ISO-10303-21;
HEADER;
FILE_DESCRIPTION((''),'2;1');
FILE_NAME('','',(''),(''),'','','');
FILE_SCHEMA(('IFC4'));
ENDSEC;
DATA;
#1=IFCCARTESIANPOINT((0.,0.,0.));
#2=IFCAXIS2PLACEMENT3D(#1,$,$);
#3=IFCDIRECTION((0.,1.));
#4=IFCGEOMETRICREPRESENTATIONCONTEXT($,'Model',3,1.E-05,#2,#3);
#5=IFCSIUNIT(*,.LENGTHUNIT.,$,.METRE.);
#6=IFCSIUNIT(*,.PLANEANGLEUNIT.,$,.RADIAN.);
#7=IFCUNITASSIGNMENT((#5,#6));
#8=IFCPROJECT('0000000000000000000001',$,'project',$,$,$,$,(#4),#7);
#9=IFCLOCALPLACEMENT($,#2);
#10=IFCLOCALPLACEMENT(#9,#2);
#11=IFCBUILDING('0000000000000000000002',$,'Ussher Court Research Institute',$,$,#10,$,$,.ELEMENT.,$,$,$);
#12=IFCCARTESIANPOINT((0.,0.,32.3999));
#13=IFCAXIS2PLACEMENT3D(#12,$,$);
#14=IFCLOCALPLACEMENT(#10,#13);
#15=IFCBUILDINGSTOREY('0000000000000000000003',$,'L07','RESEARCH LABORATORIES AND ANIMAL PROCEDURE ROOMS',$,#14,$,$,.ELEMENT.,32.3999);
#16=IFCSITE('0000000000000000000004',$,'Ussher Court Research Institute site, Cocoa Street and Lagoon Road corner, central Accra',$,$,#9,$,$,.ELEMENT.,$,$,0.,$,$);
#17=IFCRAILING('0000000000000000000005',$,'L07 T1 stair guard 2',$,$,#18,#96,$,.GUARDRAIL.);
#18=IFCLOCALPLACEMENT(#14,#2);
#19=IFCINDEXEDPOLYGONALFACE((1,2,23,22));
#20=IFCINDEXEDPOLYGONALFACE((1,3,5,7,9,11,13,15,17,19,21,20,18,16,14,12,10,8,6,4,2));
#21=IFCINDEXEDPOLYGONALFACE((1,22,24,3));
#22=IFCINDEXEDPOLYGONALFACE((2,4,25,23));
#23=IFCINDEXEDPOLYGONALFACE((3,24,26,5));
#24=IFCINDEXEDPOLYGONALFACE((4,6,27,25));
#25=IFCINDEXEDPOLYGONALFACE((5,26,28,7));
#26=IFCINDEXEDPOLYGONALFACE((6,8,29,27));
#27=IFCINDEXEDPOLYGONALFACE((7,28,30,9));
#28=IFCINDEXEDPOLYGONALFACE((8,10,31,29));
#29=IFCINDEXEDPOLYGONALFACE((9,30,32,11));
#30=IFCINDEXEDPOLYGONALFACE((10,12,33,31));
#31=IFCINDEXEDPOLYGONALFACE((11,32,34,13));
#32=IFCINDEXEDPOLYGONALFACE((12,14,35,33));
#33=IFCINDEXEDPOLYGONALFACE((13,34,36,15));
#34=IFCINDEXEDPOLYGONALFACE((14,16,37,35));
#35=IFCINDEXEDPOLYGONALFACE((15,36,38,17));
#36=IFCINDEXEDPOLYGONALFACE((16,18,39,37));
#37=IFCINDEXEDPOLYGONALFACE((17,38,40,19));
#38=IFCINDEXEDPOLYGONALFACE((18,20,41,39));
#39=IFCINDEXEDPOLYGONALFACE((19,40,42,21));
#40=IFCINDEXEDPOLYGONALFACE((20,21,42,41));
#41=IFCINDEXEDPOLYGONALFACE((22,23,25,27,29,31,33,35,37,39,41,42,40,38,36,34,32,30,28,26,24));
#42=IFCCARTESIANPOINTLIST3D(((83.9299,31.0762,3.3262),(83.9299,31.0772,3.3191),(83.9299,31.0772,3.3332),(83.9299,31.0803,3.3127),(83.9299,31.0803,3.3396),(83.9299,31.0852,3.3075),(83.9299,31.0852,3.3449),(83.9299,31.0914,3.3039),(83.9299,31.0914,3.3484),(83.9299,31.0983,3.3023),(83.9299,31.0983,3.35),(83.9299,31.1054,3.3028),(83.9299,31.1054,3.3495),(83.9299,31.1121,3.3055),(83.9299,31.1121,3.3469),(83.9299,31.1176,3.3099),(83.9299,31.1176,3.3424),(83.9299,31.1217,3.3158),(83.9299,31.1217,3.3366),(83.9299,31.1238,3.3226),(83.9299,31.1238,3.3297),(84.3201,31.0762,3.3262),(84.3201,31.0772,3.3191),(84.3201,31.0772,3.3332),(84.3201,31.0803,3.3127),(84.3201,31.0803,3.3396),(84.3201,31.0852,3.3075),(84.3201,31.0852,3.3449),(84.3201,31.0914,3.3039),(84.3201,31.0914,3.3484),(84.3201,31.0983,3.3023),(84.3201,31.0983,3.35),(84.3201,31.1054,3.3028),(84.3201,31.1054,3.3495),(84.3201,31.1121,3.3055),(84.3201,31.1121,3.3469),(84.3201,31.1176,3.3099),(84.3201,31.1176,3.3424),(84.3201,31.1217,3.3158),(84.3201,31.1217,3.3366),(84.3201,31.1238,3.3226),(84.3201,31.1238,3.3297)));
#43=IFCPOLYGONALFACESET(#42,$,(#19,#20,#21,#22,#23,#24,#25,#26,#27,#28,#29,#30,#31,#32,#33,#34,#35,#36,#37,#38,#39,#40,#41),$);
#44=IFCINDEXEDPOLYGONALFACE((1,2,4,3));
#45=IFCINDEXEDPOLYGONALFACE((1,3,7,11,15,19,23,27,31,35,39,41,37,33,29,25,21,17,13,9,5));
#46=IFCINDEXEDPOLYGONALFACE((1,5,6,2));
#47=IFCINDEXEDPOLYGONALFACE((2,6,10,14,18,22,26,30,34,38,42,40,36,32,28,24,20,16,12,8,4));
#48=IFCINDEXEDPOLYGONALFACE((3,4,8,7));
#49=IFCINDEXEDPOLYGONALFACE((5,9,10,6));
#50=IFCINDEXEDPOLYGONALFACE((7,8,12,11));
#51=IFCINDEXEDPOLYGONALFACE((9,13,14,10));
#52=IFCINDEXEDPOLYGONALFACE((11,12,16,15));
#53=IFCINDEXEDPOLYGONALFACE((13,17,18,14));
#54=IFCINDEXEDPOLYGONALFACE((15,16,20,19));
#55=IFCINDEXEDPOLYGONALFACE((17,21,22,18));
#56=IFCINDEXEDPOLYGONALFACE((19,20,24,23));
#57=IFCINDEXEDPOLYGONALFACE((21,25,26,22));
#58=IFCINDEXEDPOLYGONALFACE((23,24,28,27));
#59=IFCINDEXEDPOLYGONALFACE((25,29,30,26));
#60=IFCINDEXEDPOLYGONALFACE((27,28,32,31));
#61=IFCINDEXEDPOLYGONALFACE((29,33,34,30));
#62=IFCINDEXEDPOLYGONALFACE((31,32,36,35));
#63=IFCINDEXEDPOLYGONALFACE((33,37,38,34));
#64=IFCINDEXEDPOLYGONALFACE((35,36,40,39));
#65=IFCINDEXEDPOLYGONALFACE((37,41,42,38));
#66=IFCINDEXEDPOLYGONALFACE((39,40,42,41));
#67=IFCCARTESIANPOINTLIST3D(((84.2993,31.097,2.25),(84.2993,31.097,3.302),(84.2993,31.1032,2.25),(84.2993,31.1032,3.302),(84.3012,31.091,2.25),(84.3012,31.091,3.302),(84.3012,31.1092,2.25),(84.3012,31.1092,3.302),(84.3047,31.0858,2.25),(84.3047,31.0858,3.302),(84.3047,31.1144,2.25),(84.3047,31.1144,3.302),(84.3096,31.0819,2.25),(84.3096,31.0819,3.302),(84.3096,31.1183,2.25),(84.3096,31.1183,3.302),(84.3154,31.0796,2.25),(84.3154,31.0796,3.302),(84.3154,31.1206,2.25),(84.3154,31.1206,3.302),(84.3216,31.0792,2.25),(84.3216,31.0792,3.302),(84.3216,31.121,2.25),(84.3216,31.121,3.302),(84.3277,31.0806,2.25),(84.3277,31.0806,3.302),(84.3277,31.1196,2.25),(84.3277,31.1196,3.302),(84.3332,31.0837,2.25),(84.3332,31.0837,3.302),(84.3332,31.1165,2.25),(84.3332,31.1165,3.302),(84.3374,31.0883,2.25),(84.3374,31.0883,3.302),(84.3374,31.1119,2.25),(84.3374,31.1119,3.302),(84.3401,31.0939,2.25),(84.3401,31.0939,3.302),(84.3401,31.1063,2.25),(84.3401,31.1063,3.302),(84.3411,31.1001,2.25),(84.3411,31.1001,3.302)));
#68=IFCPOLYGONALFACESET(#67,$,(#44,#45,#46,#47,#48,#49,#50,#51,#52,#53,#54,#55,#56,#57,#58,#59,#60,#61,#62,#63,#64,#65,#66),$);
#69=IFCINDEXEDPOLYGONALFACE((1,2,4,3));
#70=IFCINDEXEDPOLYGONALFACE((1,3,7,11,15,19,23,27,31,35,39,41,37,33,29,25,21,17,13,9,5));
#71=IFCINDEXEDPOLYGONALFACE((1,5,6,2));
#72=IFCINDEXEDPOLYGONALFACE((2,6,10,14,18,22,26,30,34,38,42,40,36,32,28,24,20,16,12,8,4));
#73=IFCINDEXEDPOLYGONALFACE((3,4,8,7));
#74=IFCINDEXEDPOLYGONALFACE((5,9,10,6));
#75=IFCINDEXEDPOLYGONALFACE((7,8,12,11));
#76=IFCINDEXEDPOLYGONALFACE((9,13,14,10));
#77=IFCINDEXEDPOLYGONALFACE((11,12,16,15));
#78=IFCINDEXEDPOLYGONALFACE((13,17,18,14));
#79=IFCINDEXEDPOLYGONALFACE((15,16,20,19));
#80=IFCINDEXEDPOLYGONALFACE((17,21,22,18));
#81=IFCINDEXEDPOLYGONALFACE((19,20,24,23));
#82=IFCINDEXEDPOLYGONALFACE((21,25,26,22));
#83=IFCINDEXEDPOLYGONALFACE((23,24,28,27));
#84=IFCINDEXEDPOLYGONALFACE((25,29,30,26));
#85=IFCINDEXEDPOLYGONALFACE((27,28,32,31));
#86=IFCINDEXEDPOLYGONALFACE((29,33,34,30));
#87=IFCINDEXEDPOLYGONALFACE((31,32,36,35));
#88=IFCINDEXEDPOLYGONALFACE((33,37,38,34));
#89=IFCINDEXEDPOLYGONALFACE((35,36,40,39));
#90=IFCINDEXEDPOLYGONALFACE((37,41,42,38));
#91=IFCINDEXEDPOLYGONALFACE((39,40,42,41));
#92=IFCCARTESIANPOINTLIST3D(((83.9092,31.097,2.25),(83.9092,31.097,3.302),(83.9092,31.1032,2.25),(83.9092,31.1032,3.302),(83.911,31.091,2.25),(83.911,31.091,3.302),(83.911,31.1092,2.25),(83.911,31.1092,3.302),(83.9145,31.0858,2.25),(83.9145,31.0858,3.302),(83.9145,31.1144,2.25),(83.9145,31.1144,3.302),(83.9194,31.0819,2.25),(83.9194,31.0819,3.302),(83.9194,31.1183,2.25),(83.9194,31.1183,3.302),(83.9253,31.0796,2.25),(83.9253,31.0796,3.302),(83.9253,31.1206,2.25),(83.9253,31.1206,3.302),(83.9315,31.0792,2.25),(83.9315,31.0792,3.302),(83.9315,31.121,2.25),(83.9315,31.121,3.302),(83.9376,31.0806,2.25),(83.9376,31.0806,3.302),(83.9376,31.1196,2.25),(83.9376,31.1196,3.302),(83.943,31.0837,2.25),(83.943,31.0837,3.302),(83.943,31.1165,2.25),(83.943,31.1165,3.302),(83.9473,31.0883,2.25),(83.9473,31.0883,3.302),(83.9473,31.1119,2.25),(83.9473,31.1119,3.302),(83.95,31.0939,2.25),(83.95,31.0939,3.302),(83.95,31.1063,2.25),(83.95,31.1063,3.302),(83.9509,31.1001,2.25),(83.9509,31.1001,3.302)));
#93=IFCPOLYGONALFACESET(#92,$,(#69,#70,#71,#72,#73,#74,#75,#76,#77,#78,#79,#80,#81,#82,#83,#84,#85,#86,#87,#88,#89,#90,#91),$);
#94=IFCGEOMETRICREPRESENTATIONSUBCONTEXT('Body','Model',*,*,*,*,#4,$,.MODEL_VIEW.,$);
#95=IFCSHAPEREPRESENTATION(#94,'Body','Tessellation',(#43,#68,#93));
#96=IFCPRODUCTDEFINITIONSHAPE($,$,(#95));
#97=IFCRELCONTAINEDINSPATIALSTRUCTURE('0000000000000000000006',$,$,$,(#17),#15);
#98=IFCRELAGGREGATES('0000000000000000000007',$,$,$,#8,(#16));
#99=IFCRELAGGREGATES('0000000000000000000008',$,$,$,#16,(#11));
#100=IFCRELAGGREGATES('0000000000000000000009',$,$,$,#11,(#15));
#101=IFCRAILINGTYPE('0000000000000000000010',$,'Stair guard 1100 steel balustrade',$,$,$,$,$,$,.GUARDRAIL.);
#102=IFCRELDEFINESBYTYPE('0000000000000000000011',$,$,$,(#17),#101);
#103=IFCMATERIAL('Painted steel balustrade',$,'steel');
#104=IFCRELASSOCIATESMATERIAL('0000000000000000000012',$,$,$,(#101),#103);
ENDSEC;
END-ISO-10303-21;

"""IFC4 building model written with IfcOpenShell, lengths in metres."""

from ifc_helpers import new_model, si_unit, direction, frame, origin, origin_2d, place, context, subcontext, project, spatial, circle, extrude, material, type_object, element, save


model = new_model("IFC4")

# Units and contexts
model_context = context("Model", 3, precision=1e-05, world=origin(), true_north=direction((0.0, 1.0)))
body_context = subcontext(model_context, "Body", "Model", "MODEL_VIEW")
ifc_project = project(units=[si_unit("LENGTHUNIT", "METRE"), si_unit("PLANEANGLEUNIT", "RADIAN")], contexts=[model_context])

# Site, building, storey
site_placement = place(None, origin())
site = spatial("IfcSite", under=ifc_project, at=site_placement, Name="Ussher Court Research Institute site, Cocoa Street and Lagoon Road corner, central Accra", CompositionType="ELEMENT", RefElevation=0.0)
building_placement = place(site_placement, origin())
building = spatial("IfcBuilding", under=site, at=building_placement, Name="Ussher Court Research Institute", CompositionType="ELEMENT")
storey_placement = place(building_placement, frame((0.0, 0.0, 32.3999)))
storey = spatial("IfcBuildingStorey", under=building, at=storey_placement, Name="L07", Description="RESEARCH LABORATORIES AND ANIMAL PROCEDURE ROOMS", CompositionType="ELEMENT", Elevation=32.3999)

# Railing
ifc_material_1 = material(Name="Painted steel balustrade", Category="steel")
railing_type = type_object("IfcRailingType", Name="Stair guard 1100 steel balustrade", PredefinedType="GUARDRAIL", material=ifc_material_1)
railing_1_placement = place(storey_placement, frame((84.3201, 31.1001, 2.25)))
element("IfcRailing", 1, at=railing_1_placement, inside=storey, type_object=railing_type, Name="L07 T1 stair guard 2", PredefinedType="GUARDRAIL", context=body_context, shape_type="SweptSolid", body=[
    extrude(circle(Radius=0.0239, at=origin_2d()), frame((0.0, 0.0, 1.0762), z_axis=(-1.0, 0.0, 0.0), x_axis=(0.0, -1.0, 0.0)), (0.0, 0.0, 1.0), 0.3901),
    extrude(circle(Radius=0.021, at=origin_2d()), origin(), (0.0, 0.0, 1.0), 1.052),
    extrude(circle(Radius=0.021, at=origin_2d()), frame((-0.3901, 0.0, 0.0)), (0.0, 0.0, 1.0), 1.052),
])

save(model, "model.ifc")
